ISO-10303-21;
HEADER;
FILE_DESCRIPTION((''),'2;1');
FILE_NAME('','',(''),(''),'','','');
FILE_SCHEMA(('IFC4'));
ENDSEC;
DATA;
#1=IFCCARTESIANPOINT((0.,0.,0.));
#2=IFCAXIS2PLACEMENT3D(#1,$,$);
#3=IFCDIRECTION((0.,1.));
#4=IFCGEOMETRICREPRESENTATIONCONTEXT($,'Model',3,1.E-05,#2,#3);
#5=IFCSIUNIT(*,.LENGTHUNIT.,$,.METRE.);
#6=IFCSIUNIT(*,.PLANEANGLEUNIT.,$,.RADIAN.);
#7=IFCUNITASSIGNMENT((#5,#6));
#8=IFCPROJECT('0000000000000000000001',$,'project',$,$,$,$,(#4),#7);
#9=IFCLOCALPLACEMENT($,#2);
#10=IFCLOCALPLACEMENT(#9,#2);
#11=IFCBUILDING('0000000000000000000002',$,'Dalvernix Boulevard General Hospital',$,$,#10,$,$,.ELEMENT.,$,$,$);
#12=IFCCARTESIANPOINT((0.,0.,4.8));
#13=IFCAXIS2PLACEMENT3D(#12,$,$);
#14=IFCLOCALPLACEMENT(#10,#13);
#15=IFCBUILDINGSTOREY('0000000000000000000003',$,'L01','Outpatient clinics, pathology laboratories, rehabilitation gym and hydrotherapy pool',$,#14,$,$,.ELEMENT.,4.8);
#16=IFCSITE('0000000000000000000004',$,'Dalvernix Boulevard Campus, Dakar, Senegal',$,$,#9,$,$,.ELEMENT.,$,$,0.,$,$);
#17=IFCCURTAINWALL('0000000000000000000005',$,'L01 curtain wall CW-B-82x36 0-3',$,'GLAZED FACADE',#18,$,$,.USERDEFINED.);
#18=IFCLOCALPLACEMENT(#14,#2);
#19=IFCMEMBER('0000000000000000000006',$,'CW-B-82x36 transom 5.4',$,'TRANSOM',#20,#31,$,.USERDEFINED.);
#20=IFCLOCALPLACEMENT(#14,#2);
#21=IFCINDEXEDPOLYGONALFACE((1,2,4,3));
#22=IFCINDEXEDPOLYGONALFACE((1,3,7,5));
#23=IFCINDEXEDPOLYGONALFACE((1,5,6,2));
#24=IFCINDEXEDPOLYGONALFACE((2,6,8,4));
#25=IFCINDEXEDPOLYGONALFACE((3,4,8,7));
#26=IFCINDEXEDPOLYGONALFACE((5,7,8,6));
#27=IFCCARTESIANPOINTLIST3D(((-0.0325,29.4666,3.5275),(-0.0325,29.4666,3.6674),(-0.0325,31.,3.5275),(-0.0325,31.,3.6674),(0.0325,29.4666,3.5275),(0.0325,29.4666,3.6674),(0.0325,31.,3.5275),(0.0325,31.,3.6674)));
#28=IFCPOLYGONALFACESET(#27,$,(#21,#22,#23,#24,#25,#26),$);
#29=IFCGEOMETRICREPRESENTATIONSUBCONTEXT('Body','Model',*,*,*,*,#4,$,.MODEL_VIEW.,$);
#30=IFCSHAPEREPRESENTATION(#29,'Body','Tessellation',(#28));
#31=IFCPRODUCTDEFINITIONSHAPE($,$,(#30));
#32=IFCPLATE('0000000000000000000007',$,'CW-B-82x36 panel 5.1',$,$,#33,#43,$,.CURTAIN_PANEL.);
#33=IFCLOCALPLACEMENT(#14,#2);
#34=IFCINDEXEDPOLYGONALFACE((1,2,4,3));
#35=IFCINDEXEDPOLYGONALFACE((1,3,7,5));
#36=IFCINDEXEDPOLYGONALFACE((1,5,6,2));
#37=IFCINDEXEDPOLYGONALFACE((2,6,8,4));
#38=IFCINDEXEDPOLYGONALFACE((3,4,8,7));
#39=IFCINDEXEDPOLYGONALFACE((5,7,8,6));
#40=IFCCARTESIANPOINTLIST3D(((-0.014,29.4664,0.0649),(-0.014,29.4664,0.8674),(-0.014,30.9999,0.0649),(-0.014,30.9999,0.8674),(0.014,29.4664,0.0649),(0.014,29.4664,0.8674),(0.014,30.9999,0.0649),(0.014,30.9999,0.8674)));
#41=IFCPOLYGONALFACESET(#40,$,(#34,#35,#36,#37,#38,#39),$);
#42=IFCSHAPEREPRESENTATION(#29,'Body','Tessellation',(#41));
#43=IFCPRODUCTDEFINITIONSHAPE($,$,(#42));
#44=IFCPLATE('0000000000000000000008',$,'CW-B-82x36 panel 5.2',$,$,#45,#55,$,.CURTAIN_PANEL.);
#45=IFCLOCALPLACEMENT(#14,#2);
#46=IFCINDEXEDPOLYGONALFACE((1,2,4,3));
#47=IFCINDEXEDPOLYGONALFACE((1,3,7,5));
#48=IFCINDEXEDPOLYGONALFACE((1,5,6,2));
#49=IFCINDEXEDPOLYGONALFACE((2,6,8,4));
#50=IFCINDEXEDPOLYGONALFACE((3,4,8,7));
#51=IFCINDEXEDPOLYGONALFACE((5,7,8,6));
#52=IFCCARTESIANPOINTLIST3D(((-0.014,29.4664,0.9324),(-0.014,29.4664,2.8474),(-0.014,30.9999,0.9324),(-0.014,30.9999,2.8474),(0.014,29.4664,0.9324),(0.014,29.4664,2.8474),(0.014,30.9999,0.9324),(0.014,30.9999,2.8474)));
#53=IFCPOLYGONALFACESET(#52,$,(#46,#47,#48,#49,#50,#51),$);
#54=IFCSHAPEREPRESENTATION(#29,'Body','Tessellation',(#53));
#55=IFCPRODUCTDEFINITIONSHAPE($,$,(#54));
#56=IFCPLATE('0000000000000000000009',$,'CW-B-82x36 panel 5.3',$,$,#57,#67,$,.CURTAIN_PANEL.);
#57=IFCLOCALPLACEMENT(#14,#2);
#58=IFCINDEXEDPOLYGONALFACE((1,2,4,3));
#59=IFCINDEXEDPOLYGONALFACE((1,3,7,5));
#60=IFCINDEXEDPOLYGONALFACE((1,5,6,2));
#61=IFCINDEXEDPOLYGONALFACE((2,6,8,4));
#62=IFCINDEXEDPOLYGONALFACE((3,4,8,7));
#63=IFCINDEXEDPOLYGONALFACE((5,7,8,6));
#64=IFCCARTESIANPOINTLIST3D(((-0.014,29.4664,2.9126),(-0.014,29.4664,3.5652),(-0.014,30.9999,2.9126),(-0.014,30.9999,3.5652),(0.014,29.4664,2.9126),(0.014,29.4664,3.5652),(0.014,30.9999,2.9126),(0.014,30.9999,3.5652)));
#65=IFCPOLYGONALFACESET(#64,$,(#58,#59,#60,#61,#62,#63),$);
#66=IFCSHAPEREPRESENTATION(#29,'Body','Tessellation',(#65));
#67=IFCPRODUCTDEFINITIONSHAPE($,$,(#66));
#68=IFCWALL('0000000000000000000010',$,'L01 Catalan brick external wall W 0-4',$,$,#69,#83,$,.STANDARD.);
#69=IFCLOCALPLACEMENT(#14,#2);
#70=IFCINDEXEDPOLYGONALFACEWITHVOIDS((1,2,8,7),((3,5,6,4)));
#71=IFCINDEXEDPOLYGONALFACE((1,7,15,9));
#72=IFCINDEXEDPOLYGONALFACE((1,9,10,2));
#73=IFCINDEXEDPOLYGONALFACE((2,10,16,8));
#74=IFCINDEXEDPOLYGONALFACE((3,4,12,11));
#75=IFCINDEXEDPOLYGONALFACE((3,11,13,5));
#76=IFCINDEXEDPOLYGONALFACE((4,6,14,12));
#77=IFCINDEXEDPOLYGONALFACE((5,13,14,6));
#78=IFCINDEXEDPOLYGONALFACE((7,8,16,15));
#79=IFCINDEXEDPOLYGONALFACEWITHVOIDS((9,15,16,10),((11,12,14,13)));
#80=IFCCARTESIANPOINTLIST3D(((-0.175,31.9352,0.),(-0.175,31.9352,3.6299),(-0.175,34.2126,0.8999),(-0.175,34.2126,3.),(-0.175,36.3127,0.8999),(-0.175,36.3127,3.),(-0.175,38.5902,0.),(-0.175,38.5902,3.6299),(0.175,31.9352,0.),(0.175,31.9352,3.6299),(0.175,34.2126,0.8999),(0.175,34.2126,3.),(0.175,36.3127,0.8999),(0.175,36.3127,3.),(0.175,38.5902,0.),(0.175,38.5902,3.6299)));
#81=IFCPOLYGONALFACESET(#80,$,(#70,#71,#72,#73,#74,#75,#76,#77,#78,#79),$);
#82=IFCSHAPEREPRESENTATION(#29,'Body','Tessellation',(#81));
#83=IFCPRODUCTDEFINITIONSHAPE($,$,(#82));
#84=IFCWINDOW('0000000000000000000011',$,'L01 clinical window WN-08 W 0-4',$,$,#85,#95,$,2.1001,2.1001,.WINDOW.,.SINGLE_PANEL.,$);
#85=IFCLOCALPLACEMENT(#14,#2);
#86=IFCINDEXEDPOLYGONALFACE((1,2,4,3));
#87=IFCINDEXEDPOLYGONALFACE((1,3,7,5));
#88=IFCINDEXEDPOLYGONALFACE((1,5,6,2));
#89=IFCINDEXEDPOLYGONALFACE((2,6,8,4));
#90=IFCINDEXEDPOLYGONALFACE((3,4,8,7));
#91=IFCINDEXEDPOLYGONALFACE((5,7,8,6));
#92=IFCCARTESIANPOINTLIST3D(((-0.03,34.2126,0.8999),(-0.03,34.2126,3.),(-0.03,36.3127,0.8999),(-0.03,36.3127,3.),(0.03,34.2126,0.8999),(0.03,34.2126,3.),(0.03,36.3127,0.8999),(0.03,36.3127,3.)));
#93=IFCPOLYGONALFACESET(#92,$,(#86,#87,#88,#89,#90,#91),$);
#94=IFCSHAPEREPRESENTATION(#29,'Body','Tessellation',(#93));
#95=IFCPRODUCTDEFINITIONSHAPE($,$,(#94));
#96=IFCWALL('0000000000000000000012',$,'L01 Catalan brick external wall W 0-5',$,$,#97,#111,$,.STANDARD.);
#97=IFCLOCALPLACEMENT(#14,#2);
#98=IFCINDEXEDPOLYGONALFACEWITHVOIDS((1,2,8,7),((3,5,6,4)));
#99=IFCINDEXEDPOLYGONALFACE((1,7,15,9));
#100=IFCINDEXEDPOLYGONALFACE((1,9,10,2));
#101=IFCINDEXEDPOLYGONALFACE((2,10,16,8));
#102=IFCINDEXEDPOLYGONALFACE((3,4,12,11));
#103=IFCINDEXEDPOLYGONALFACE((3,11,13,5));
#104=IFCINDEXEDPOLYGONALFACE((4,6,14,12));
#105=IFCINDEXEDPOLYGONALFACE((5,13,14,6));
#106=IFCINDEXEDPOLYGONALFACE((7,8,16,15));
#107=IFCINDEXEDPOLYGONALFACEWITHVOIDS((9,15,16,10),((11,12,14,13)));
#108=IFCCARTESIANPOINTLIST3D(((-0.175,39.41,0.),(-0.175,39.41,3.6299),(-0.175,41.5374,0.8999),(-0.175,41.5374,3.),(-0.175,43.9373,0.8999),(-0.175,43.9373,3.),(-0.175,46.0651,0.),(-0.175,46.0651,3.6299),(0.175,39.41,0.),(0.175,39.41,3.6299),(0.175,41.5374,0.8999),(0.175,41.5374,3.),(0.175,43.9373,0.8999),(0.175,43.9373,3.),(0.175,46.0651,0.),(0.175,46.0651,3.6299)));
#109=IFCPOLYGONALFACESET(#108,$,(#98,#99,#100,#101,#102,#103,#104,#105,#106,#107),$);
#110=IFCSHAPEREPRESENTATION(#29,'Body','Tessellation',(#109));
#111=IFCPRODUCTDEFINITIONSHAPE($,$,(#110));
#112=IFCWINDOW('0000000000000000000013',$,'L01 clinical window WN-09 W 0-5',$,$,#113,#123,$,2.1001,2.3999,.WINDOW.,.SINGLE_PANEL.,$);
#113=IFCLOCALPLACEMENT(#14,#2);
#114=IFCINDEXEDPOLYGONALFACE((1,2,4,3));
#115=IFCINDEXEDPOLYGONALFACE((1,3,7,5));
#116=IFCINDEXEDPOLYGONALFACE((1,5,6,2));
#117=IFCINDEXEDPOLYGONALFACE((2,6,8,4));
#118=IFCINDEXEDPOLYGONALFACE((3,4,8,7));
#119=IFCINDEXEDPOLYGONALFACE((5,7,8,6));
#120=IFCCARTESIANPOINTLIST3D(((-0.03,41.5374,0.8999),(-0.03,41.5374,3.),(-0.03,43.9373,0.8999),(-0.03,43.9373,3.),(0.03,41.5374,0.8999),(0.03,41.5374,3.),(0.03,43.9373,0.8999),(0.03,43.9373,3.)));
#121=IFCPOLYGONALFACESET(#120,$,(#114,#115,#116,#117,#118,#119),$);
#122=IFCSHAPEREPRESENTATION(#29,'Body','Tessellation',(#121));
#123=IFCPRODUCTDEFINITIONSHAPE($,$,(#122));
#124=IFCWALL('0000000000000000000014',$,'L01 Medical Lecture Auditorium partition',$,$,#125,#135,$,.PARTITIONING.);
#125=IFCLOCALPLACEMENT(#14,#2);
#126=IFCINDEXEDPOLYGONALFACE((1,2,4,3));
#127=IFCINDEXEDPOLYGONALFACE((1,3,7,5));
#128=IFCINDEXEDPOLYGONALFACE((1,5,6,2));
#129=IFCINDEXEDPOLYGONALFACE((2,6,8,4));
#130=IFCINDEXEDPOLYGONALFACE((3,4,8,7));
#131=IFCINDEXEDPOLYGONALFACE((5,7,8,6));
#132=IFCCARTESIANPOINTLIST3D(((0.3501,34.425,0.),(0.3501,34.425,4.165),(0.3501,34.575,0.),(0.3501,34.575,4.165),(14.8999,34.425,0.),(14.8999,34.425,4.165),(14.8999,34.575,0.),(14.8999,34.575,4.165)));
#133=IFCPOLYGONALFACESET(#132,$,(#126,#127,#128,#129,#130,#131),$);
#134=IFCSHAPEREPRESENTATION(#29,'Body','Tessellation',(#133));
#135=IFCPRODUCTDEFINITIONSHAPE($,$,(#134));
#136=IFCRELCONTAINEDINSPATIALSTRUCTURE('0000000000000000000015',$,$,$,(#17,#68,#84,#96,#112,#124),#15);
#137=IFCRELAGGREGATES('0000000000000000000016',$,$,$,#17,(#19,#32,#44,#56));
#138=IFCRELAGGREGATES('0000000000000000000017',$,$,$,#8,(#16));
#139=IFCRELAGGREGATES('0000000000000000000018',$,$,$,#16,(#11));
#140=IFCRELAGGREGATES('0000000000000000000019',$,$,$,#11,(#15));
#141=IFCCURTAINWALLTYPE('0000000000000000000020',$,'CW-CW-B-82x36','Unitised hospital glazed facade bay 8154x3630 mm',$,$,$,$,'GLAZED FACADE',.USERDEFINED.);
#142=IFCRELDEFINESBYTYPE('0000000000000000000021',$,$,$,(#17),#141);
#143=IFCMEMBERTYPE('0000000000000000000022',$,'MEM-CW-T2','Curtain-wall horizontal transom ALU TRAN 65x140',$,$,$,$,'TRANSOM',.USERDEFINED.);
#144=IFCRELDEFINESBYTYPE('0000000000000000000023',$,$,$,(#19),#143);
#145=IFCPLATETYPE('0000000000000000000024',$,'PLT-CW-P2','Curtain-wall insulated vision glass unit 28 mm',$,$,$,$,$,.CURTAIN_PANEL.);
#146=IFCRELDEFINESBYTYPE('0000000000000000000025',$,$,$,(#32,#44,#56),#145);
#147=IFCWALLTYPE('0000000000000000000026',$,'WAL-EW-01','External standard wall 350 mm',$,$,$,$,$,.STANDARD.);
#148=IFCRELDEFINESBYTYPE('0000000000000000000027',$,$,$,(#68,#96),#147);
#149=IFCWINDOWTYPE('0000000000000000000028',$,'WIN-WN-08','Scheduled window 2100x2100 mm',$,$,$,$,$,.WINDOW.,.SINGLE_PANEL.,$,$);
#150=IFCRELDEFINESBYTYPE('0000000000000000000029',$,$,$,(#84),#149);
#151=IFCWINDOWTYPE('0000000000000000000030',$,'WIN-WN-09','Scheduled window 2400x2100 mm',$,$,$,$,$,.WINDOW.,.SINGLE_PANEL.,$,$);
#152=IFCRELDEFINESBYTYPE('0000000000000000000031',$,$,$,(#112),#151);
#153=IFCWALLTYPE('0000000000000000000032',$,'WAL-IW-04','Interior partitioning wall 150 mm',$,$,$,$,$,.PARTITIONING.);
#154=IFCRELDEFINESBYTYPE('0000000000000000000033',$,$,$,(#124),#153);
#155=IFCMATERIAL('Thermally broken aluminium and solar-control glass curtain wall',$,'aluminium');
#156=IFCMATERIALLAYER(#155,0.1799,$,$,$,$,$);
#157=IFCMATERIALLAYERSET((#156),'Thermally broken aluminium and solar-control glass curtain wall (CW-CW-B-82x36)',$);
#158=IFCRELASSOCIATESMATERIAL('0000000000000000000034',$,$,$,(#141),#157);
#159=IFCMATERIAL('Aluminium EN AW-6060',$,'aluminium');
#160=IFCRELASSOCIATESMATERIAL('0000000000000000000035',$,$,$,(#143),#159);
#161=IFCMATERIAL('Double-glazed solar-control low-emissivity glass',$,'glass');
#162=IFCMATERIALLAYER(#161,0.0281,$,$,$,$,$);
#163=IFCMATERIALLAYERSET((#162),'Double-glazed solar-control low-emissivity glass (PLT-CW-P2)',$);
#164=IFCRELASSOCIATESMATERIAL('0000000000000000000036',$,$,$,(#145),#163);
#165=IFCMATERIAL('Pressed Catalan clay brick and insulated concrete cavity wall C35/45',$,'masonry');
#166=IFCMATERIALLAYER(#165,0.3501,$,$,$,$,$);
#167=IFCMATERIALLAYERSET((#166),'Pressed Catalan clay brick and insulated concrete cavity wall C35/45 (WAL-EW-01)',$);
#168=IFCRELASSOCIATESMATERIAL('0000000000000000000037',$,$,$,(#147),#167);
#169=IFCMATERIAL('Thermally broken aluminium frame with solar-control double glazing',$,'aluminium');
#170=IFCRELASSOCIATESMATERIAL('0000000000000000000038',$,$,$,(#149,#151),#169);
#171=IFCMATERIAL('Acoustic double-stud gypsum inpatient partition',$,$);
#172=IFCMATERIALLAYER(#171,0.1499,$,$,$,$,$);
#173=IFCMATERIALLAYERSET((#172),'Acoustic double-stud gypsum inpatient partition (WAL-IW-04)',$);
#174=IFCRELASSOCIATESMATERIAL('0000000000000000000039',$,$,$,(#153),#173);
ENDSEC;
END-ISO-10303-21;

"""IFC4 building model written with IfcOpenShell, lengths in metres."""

from ifc_helpers import new_model, si_unit, direction, frame, frame_2d, origin, origin_2d, place, context, subcontext, project, spatial, rectangle, extrude, material, layer, layer_set, material_profile, profile_set, type_object, element, fill, aggregate, save


model = new_model("IFC4")

# Units and contexts
model_context = context("Model", 3, precision=1e-05, world=origin(), true_north=direction((0.0, 1.0)))
body_context = subcontext(model_context, "Body", "Model", "MODEL_VIEW")
ifc_project = project(units=[si_unit("LENGTHUNIT", "METRE"), si_unit("PLANEANGLEUNIT", "RADIAN")], contexts=[model_context])

# Site, building, storey
site_placement = place(None, origin())
site = spatial("IfcSite", under=ifc_project, at=site_placement, Name="Dalvernix Boulevard Campus, Dakar, Senegal", CompositionType="ELEMENT", RefElevation=0.0)
building_placement = place(site_placement, origin())
building = spatial("IfcBuilding", under=site, at=building_placement, Name="Dalvernix Boulevard General Hospital", CompositionType="ELEMENT")
storey_placement = place(building_placement, frame((0.0, 0.0, 4.8)))
storey = spatial("IfcBuildingStorey", under=building, at=storey_placement, Name="L01", Description="Outpatient clinics, pathology laboratories, rehabilitation gym and hydrotherapy pool", CompositionType="ELEMENT", Elevation=4.8)

# Curtain wall, member, plates
ifc_material_1 = material(Name="Thermally broken aluminium and solar-control glass curtain wall", Category="aluminium")
ifc_layer_1 = layer(ifc_material_1, 0.1799)
ifc_layer_set_1 = layer_set([ifc_layer_1], Name="Thermally broken aluminium and solar-control glass curtain wall (CW-CW-B-82x36)")
curtain_wall_type = type_object("IfcCurtainWallType", Name="CW-CW-B-82x36", Description="Unitised hospital glazed facade bay 8154x3630 mm", ElementType="GLAZED FACADE", PredefinedType="USERDEFINED", material=ifc_layer_set_1)
curtain_wall_placement = place(storey_placement, origin())
curtain_wall = element("IfcCurtainWall", 1, at=curtain_wall_placement, inside=storey, type_object=curtain_wall_type, Name="L01 curtain wall CW-B-82x36 0-3", ObjectType="GLAZED FACADE", PredefinedType="USERDEFINED")
ifc_material_2 = material(Name="Aluminium EN AW-6060", Category="aluminium")
ifc_material_profile_1 = material_profile(ifc_material_2, rectangle(XDim=0.0649, YDim=0.1399, at=origin_2d()), Name="ALU TRAN 65x140")
ifc_profile_set_1 = profile_set([ifc_material_profile_1], Name="Aluminium EN AW-6060")
member_type_1 = type_object("IfcMemberType", Name="MEM-CW-T2", Description="Curtain-wall horizontal transom ALU TRAN 65x140", ElementType="TRANSOM", PredefinedType="USERDEFINED", material=ifc_profile_set_1)
member_1_placement = place(storey_placement, frame((0.0, 29.4666, 3.5974), z_axis=(0.0, 1.0, 0.0), x_axis=(-1.0, 0.0, 0.0)))
member_1 = element("IfcMember", 2, at=member_1_placement, type_object=member_type_1, Name="CW-B-82x36 transom 5.4", ObjectType="TRANSOM", PredefinedType="USERDEFINED", context=body_context, shape_type="SweptSolid", body=[
    extrude(rectangle(XDim=0.0649, YDim=0.1399, at=origin_2d()), origin(), (0.0, 0.0, 1.0), 1.5334),
])
ifc_material_3 = material(Name="Double-glazed solar-control low-emissivity glass", Category="glass")
ifc_layer_2 = layer(ifc_material_3, 0.0281)
ifc_layer_set_2 = layer_set([ifc_layer_2], Name="Double-glazed solar-control low-emissivity glass (PLT-CW-P2)")
plate_type = type_object("IfcPlateType", Name="PLT-CW-P2", Description="Curtain-wall insulated vision glass unit 28 mm", PredefinedType="CURTAIN_PANEL", material=ifc_layer_set_2)
plate_1_placement = place(storey_placement, frame((0.0, 30.2332, 0.0649), z_axis=(0.0, 0.0, 1.0), x_axis=(0.0, 1.0, 0.0)))
plate_1 = element("IfcPlate", 3, at=plate_1_placement, type_object=plate_type, Name="CW-B-82x36 panel 5.1", PredefinedType="CURTAIN_PANEL", context=body_context, shape_type="SweptSolid", body=[
    extrude(rectangle(XDim=1.5334, YDim=0.0281, at=origin_2d()), origin(), (0.0, 0.0, 1.0), 0.8025),
])
plate_2_placement = place(storey_placement, frame((0.0, 30.2332, 0.9324), z_axis=(0.0, 0.0, 1.0), x_axis=(0.0, 1.0, 0.0)))
plate_2 = element("IfcPlate", 4, at=plate_2_placement, type_object=plate_type, Name="CW-B-82x36 panel 5.2", PredefinedType="CURTAIN_PANEL", context=body_context, shape_type="SweptSolid", body=[
    extrude(rectangle(XDim=1.5334, YDim=0.0281, at=origin_2d()), origin(), (0.0, 0.0, 1.0), 1.915),
])
plate_3_placement = place(storey_placement, frame((0.0, 30.2332, 2.9126), z_axis=(0.0, 0.0, 1.0), x_axis=(0.0, 1.0, 0.0)))
plate_3 = element("IfcPlate", 5, at=plate_3_placement, type_object=plate_type, Name="CW-B-82x36 panel 5.3", PredefinedType="CURTAIN_PANEL", context=body_context, shape_type="SweptSolid", body=[
    extrude(rectangle(XDim=1.5334, YDim=0.0281, at=origin_2d()), origin(), (0.0, 0.0, 1.0), 0.6526),
])
aggregate(curtain_wall, [member_1, plate_1, plate_2, plate_3])

# Walls, openings, windows
ifc_material_4 = material(Name="Pressed Catalan clay brick and insulated concrete cavity wall C35/45", Category="masonry")
ifc_layer_3 = layer(ifc_material_4, 0.3501)
ifc_layer_set_3 = layer_set([ifc_layer_3], Name="Pressed Catalan clay brick and insulated concrete cavity wall C35/45 (WAL-EW-01)")
wall_type_1 = type_object("IfcWallType", Name="WAL-EW-01", Description="External standard wall 350 mm", PredefinedType="STANDARD", material=ifc_layer_set_3)
wall_1_placement = place(storey_placement, frame((0.0, 31.9351, 0.0), z_axis=(0.0, 0.0, 1.0), x_axis=(0.0, 1.0, 0.0)))
wall_1 = element("IfcWall", 6, at=wall_1_placement, inside=storey, type_object=wall_type_1, Name="L01 Catalan brick external wall W 0-4", PredefinedType="STANDARD", context=body_context, shape_type="SweptSolid", body=[
    extrude(rectangle(XDim=6.655, YDim=0.3501, at=frame_2d((3.3276, 0.0))), origin(), (0.0, 0.0, 1.0), 3.6299),
])
opening_1_placement = place(wall_1_placement, frame((2.2776, 0.0, 0.8999)))
opening_1 = element("IfcOpeningElement", 7, at=opening_1_placement, cuts=wall_1, PredefinedType="OPENING", context=body_context, shape_type="SweptSolid", body=[
    extrude(rectangle(XDim=2.1001, YDim=2.1001, at=frame_2d((1.05, 1.05))), frame((0.0, 0.1851, 0.0), z_axis=(0.0, -1.0, 0.0), x_axis=(1.0, 0.0, 0.0)), (0.0, 0.0, 1.0), 0.3701),
])
ifc_material_5 = material(Name="Thermally broken aluminium frame with solar-control double glazing", Category="aluminium")
window_type_1 = type_object("IfcWindowType", Name="WIN-WN-08", Description="Scheduled window 2100x2100 mm", PartitioningType="SINGLE_PANEL", PredefinedType="WINDOW", material=ifc_material_5)
window_1_placement = place(opening_1_placement, origin())
window_1 = element("IfcWindow", 8, at=window_1_placement, inside=storey, type_object=window_type_1, Name="L01 clinical window WN-08 W 0-4", OverallHeight=2.1001, OverallWidth=2.1001, PartitioningType="SINGLE_PANEL", PredefinedType="WINDOW", context=body_context, shape_type="SweptSolid", body=[
    extrude(rectangle(XDim=2.1001, YDim=2.1001, at=frame_2d((1.05, 1.05))), frame((0.0, 0.03, 0.0), z_axis=(0.0, -1.0, 0.0), x_axis=(1.0, 0.0, 0.0)), (0.0, 0.0, 1.0), 0.0601),
])
fill(opening_1, window_1)
wall_2_placement = place(storey_placement, frame((0.0, 39.4099, 0.0), z_axis=(0.0, 0.0, 1.0), x_axis=(0.0, 1.0, 0.0)))
wall_2 = element("IfcWall", 9, at=wall_2_placement, inside=storey, type_object=wall_type_1, Name="L01 Catalan brick external wall W 0-5", PredefinedType="STANDARD", context=body_context, shape_type="SweptSolid", body=[
    extrude(rectangle(XDim=6.655, YDim=0.3501, at=frame_2d((3.3276, 0.0))), origin(), (0.0, 0.0, 1.0), 3.6299),
])
opening_2_placement = place(wall_2_placement, frame((2.1274, 0.0, 0.8999)))
opening_2 = element("IfcOpeningElement", 10, at=opening_2_placement, cuts=wall_2, PredefinedType="OPENING", context=body_context, shape_type="SweptSolid", body=[
    extrude(rectangle(XDim=2.3999, YDim=2.1001, at=frame_2d((1.2, 1.05))), frame((0.0, 0.1851, 0.0), z_axis=(0.0, -1.0, 0.0), x_axis=(1.0, 0.0, 0.0)), (0.0, 0.0, 1.0), 0.3701),
])
window_type_2 = type_object("IfcWindowType", Name="WIN-WN-09", Description="Scheduled window 2400x2100 mm", PartitioningType="SINGLE_PANEL", PredefinedType="WINDOW", material=ifc_material_5)
window_2_placement = place(opening_2_placement, origin())
window_2 = element("IfcWindow", 11, at=window_2_placement, inside=storey, type_object=window_type_2, Name="L01 clinical window WN-09 W 0-5", OverallHeight=2.1001, OverallWidth=2.3999, PartitioningType="SINGLE_PANEL", PredefinedType="WINDOW", context=body_context, shape_type="SweptSolid", body=[
    extrude(rectangle(XDim=2.3999, YDim=2.1001, at=frame_2d((1.2, 1.05))), frame((0.0, 0.03, 0.0), z_axis=(0.0, -1.0, 0.0), x_axis=(1.0, 0.0, 0.0)), (0.0, 0.0, 1.0), 0.0601),
])
fill(opening_2, window_2)

# Wall
ifc_material_6 = material(Name="Acoustic double-stud gypsum inpatient partition")
ifc_layer_4 = layer(ifc_material_6, 0.1499)
ifc_layer_set_4 = layer_set([ifc_layer_4], Name="Acoustic double-stud gypsum inpatient partition (WAL-IW-04)")
wall_type_2 = type_object("IfcWallType", Name="WAL-IW-04", Description="Interior partitioning wall 150 mm", PredefinedType="PARTITIONING", material=ifc_layer_set_4)
wall_3_placement = place(storey_placement, frame((0.3501, 34.5, 0.0), z_axis=(0.0, 0.0, 1.0), x_axis=(1.0, 0.0, 0.0)))
element("IfcWall", 12, at=wall_3_placement, inside=storey, type_object=wall_type_2, Name="L01 Medical Lecture Auditorium partition", PredefinedType="PARTITIONING", context=body_context, shape_type="SweptSolid", body=[
    extrude(rectangle(XDim=14.5498, YDim=0.1499, at=frame_2d((7.2749, 0.0))), origin(), (0.0, 0.0, 1.0), 4.165),
])

save(model, "model.ifc")
